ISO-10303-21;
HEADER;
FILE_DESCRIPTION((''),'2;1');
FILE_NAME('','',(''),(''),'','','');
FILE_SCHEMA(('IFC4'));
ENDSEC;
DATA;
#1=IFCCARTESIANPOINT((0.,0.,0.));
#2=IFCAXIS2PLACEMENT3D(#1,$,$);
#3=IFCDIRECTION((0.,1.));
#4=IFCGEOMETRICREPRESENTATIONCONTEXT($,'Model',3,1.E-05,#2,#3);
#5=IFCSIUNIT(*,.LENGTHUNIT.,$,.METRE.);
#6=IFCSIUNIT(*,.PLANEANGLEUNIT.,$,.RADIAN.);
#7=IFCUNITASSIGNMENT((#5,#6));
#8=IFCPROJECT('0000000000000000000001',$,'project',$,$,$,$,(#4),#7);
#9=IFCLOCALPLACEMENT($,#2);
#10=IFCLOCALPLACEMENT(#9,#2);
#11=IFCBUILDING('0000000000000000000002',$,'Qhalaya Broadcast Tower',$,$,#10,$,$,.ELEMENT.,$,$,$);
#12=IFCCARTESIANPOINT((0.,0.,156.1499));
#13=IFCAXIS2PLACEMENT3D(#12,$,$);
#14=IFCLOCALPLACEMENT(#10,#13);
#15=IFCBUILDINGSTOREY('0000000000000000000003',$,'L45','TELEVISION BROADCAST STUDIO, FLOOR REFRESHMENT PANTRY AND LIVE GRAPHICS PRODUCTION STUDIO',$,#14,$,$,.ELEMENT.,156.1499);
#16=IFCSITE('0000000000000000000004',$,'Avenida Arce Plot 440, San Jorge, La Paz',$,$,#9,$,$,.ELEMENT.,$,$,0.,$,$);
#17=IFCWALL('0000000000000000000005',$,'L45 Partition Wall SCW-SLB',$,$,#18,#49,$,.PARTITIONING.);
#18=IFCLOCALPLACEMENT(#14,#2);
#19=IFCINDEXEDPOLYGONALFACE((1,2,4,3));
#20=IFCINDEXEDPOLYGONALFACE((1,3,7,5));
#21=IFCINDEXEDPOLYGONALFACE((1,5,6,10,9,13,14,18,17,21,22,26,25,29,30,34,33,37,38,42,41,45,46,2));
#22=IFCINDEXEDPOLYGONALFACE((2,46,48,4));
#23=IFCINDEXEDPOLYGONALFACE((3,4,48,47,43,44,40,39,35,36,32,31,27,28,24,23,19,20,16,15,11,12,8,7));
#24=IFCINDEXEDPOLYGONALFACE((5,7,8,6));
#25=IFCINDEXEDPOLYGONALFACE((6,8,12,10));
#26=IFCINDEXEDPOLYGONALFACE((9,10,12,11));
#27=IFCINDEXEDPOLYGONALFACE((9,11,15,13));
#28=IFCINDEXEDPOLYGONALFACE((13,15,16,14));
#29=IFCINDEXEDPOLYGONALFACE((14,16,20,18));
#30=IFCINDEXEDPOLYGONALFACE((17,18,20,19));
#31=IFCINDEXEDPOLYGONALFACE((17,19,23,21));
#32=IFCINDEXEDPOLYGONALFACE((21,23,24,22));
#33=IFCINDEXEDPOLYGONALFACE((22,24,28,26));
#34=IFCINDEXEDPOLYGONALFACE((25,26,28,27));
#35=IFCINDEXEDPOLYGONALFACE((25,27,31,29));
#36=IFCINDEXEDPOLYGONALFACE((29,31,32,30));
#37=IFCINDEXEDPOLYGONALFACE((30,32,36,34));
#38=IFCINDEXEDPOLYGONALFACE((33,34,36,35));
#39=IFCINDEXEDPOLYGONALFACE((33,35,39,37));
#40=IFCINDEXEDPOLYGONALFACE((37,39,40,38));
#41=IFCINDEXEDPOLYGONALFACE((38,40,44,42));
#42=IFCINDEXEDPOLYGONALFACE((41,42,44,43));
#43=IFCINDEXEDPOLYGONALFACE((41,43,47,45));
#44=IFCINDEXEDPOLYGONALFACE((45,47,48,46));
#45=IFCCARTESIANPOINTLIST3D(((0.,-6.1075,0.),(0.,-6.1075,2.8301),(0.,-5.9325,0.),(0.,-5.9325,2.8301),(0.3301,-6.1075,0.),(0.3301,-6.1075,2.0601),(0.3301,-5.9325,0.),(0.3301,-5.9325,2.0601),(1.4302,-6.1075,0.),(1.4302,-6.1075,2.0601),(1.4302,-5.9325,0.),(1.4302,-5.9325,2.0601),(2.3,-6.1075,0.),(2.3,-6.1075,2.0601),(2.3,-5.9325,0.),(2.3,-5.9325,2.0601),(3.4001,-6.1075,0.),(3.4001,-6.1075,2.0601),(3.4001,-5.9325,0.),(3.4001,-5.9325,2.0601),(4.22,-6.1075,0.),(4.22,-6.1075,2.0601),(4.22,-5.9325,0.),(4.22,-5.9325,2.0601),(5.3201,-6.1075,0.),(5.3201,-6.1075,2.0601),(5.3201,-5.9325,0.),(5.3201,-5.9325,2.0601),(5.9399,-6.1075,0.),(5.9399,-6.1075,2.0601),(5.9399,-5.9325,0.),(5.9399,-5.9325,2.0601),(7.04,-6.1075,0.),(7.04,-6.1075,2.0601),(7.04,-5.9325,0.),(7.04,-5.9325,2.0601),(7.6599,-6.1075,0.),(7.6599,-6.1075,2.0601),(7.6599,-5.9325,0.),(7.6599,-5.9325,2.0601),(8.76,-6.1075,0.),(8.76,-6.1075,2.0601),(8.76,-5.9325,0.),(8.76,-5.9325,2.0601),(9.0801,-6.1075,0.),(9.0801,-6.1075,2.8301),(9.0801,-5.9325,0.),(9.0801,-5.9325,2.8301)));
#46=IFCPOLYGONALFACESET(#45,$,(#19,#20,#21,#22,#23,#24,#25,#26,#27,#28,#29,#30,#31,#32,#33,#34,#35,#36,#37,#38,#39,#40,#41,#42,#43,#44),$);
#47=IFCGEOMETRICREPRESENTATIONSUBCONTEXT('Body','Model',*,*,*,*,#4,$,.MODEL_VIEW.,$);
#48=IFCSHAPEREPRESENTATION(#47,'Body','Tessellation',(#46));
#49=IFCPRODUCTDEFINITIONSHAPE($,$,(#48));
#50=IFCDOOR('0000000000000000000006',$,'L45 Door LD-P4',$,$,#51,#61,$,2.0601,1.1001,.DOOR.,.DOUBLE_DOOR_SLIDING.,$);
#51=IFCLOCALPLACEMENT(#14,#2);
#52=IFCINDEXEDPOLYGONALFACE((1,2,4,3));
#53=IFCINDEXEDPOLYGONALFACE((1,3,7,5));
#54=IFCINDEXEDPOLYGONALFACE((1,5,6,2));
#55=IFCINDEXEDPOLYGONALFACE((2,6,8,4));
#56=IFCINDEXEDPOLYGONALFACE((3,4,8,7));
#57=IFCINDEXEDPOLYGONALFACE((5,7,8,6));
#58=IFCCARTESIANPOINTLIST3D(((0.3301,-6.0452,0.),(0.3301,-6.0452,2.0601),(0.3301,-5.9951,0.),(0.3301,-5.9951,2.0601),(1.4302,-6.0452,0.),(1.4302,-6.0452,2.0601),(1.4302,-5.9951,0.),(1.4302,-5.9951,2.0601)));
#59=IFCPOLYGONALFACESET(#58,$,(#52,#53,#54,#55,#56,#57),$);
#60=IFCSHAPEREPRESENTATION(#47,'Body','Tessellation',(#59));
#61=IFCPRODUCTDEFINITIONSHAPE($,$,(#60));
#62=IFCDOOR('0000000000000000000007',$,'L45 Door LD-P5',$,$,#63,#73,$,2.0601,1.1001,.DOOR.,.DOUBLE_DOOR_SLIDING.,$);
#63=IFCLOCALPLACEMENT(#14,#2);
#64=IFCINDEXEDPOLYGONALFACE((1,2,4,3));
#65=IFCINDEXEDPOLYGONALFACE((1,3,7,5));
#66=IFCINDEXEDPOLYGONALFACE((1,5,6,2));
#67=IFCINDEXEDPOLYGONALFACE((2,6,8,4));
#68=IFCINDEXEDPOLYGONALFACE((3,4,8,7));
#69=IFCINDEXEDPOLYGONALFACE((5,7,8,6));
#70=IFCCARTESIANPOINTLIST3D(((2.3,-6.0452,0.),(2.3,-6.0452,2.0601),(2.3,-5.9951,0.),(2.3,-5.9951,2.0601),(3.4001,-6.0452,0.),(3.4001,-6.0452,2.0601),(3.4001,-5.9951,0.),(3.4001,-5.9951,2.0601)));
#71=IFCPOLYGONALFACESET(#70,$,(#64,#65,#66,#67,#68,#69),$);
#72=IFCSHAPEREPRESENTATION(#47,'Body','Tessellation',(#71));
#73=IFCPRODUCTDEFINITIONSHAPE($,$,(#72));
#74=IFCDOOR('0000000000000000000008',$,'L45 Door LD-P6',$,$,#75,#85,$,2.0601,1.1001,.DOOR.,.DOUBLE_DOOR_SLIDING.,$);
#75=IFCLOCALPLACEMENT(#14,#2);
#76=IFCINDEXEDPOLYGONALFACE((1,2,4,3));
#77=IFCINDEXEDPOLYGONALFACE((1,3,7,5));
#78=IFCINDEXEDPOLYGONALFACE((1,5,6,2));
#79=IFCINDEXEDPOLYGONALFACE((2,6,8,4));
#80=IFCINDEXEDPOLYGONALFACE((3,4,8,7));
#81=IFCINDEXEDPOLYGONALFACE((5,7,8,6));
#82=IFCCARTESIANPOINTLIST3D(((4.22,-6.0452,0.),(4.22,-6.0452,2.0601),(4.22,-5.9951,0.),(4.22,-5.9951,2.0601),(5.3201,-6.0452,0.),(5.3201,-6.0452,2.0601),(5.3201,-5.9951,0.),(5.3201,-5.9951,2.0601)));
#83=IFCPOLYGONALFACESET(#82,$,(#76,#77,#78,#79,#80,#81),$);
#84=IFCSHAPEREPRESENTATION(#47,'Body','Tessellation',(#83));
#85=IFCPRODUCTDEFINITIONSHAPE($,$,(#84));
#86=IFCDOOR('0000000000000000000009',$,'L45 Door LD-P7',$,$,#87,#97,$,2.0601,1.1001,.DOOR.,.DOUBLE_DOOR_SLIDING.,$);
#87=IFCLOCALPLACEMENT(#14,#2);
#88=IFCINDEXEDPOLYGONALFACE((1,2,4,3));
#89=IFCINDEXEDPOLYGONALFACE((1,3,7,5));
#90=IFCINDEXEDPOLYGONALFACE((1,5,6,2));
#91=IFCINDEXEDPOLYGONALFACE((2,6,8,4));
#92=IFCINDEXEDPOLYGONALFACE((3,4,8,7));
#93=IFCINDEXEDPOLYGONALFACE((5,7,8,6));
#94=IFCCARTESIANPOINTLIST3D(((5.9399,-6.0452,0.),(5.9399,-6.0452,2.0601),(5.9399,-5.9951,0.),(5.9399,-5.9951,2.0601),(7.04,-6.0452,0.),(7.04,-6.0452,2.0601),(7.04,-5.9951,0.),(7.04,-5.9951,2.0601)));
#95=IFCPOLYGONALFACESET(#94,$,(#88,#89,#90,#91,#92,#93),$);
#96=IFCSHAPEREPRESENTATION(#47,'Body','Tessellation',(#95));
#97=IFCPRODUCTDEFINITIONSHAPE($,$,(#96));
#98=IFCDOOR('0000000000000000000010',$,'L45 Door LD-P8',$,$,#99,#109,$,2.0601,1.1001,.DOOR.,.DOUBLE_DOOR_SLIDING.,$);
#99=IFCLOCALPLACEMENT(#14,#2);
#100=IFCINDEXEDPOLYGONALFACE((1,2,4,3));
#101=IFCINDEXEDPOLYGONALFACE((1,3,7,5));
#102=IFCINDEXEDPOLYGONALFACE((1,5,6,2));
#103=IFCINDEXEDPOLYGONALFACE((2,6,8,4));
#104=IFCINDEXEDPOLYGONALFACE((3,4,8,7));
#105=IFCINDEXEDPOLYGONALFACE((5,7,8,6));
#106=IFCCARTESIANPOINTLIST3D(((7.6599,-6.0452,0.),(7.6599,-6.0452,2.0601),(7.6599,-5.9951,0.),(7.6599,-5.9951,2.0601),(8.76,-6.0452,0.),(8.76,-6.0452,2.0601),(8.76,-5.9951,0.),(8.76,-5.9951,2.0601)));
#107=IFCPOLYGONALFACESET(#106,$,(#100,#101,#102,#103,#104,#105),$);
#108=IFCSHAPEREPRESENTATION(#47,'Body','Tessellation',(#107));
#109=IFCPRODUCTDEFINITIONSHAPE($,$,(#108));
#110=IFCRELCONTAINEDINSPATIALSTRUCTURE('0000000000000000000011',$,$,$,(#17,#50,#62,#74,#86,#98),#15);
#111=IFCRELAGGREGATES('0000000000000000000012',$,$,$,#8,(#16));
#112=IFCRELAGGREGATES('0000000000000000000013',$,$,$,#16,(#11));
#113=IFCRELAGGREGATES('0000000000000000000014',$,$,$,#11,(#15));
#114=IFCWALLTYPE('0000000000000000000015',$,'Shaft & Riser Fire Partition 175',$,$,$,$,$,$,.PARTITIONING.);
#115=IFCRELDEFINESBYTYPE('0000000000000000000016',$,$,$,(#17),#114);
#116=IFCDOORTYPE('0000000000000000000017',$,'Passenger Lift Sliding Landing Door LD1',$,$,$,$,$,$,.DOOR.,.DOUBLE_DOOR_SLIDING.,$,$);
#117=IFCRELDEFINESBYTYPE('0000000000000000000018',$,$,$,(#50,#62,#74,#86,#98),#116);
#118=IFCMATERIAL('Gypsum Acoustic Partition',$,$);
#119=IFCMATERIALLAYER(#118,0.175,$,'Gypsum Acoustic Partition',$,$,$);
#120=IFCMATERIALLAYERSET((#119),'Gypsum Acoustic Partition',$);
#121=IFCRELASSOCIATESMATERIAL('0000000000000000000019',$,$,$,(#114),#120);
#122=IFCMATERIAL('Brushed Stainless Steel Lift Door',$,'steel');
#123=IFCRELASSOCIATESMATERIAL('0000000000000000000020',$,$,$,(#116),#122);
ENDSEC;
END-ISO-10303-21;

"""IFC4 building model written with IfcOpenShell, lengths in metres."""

from ifc_helpers import new_model, si_unit, direction, frame, frame_2d, origin, place, context, subcontext, project, spatial, rectangle, extrude, material, layer, layer_set, type_object, element, fill, save


model = new_model("IFC4")

# Units and contexts
model_context = context("Model", 3, precision=1e-05, world=origin(), true_north=direction((0.0, 1.0)))
body_context = subcontext(model_context, "Body", "Model", "MODEL_VIEW")
ifc_project = project(units=[si_unit("LENGTHUNIT", "METRE"), si_unit("PLANEANGLEUNIT", "RADIAN")], contexts=[model_context])

# Site, building, storey
site_placement = place(None, origin())
site = spatial("IfcSite", under=ifc_project, at=site_placement, Name="Avenida Arce Plot 440, San Jorge, La Paz", CompositionType="ELEMENT", RefElevation=0.0)
building_placement = place(site_placement, origin())
building = spatial("IfcBuilding", under=site, at=building_placement, Name="Qhalaya Broadcast Tower", CompositionType="ELEMENT")
storey_placement = place(building_placement, frame((0.0, 0.0, 156.1499)))
storey = spatial("IfcBuildingStorey", under=building, at=storey_placement, Name="L45", Description="TELEVISION BROADCAST STUDIO, FLOOR REFRESHMENT PANTRY AND LIVE GRAPHICS PRODUCTION STUDIO", CompositionType="ELEMENT", Elevation=156.1499)

# Shared definitions
ifc_material_1 = material(Name="Gypsum Acoustic Partition")
ifc_layer_1 = layer(ifc_material_1, 0.175, Name="Gypsum Acoustic Partition")
ifc_layer_set_1 = layer_set([ifc_layer_1], Name="Gypsum Acoustic Partition")
wall_type_1 = type_object("IfcWallType", Name="Shaft & Riser Fire Partition 175", PredefinedType="PARTITIONING", material=ifc_layer_set_1)

# Wall, openings, doors
wall_1_placement = place(storey_placement, frame((0.0, -6.02, 0.0), z_axis=(0.0, 0.0, 1.0), x_axis=(1.0, 0.0, 0.0)))
wall_1 = element("IfcWall", 1, at=wall_1_placement, inside=storey, type_object=wall_type_1, Name="L45 Partition Wall SCW-SLB", PredefinedType="PARTITIONING", context=body_context, shape_type="SweptSolid", body=[
    extrude(rectangle(XDim=9.0801, YDim=0.175, at=frame_2d((4.54, 0.0))), origin(), (0.0, 0.0, 1.0), 2.8301),
])
opening_1_placement = place(wall_1_placement, frame((0.3301, 0.0, 0.0)))
opening_1 = element("IfcOpeningElement", 2, at=opening_1_placement, cuts=wall_1, PredefinedType="OPENING", context=body_context, shape_type="SweptSolid", body=[
    extrude(rectangle(XDim=1.1001, YDim=2.0601, at=frame_2d((0.55, 1.03))), frame((0.0, 0.0996, 0.0), z_axis=(0.0, -1.0, 0.0), x_axis=(1.0, 0.0, 0.0)), (0.0, 0.0, 1.0), 0.199),
])
opening_2_placement = place(wall_1_placement, frame((2.3, 0.0, 0.0)))
opening_2 = element("IfcOpeningElement", 3, at=opening_2_placement, cuts=wall_1, PredefinedType="OPENING", context=body_context, shape_type="SweptSolid", body=[
    extrude(rectangle(XDim=1.1001, YDim=2.0601, at=frame_2d((0.55, 1.03))), frame((0.0, 0.0996, 0.0), z_axis=(0.0, -1.0, 0.0), x_axis=(1.0, 0.0, 0.0)), (0.0, 0.0, 1.0), 0.199),
])
opening_3_placement = place(wall_1_placement, frame((4.22, 0.0, 0.0)))
opening_3 = element("IfcOpeningElement", 4, at=opening_3_placement, cuts=wall_1, PredefinedType="OPENING", context=body_context, shape_type="SweptSolid", body=[
    extrude(rectangle(XDim=1.1001, YDim=2.0601, at=frame_2d((0.55, 1.03))), frame((0.0, 0.0996, 0.0), z_axis=(0.0, -1.0, 0.0), x_axis=(1.0, 0.0, 0.0)), (0.0, 0.0, 1.0), 0.199),
])
opening_4_placement = place(wall_1_placement, frame((5.9399, 0.0, 0.0)))
opening_4 = element("IfcOpeningElement", 5, at=opening_4_placement, cuts=wall_1, PredefinedType="OPENING", context=body_context, shape_type="SweptSolid", body=[
    extrude(rectangle(XDim=1.1001, YDim=2.0601, at=frame_2d((0.55, 1.03))), frame((0.0, 0.0996, 0.0), z_axis=(0.0, -1.0, 0.0), x_axis=(1.0, 0.0, 0.0)), (0.0, 0.0, 1.0), 0.199),
])
opening_5_placement = place(wall_1_placement, frame((7.6599, 0.0, 0.0)))
opening_5 = element("IfcOpeningElement", 6, at=opening_5_placement, cuts=wall_1, PredefinedType="OPENING", context=body_context, shape_type="SweptSolid", body=[
    extrude(rectangle(XDim=1.1001, YDim=2.0601, at=frame_2d((0.55, 1.03))), frame((0.0, 0.0996, 0.0), z_axis=(0.0, -1.0, 0.0), x_axis=(1.0, 0.0, 0.0)), (0.0, 0.0, 1.0), 0.199),
])
ifc_material_2 = material(Name="Brushed Stainless Steel Lift Door", Category="steel")
door_type = type_object("IfcDoorType", Name="Passenger Lift Sliding Landing Door LD1", OperationType="DOUBLE_DOOR_SLIDING", PredefinedType="DOOR", material=ifc_material_2)
door_1_placement = place(opening_1_placement, origin())
door_1 = element("IfcDoor", 7, at=door_1_placement, inside=storey, type_object=door_type, Name="L45 Door LD-P4", OperationType="DOUBLE_DOOR_SLIDING", OverallHeight=2.0601, OverallWidth=1.1001, PredefinedType="DOOR", context=body_context, shape_type="SweptSolid", body=[
    extrude(rectangle(XDim=1.1001, YDim=2.0601, at=frame_2d((0.55, 1.03))), frame((0.0, 0.0249, 0.0), z_axis=(0.0, -1.0, 0.0), x_axis=(1.0, 0.0, 0.0)), (0.0, 0.0, 1.0), 0.05),
])
fill(opening_1, door_1)
door_2_placement = place(opening_2_placement, origin())
door_2 = element("IfcDoor", 8, at=door_2_placement, inside=storey, type_object=door_type, Name="L45 Door LD-P5", OperationType="DOUBLE_DOOR_SLIDING", OverallHeight=2.0601, OverallWidth=1.1001, PredefinedType="DOOR", context=body_context, shape_type="SweptSolid", body=[
    extrude(rectangle(XDim=1.1001, YDim=2.0601, at=frame_2d((0.55, 1.03))), frame((0.0, 0.0249, 0.0), z_axis=(0.0, -1.0, 0.0), x_axis=(1.0, 0.0, 0.0)), (0.0, 0.0, 1.0), 0.05),
])
fill(opening_2, door_2)
door_3_placement = place(opening_3_placement, origin())
door_3 = element("IfcDoor", 9, at=door_3_placement, inside=storey, type_object=door_type, Name="L45 Door LD-P6", OperationType="DOUBLE_DOOR_SLIDING", OverallHeight=2.0601, OverallWidth=1.1001, PredefinedType="DOOR", context=body_context, shape_type="SweptSolid", body=[
    extrude(rectangle(XDim=1.1001, YDim=2.0601, at=frame_2d((0.55, 1.03))), frame((0.0, 0.0249, 0.0), z_axis=(0.0, -1.0, 0.0), x_axis=(1.0, 0.0, 0.0)), (0.0, 0.0, 1.0), 0.05),
])
fill(opening_3, door_3)
door_4_placement = place(opening_4_placement, origin())
door_4 = element("IfcDoor", 10, at=door_4_placement, inside=storey, type_object=door_type, Name="L45 Door LD-P7", OperationType="DOUBLE_DOOR_SLIDING", OverallHeight=2.0601, OverallWidth=1.1001, PredefinedType="DOOR", context=body_context, shape_type="SweptSolid", body=[
    extrude(rectangle(XDim=1.1001, YDim=2.0601, at=frame_2d((0.55, 1.03))), frame((0.0, 0.0249, 0.0), z_axis=(0.0, -1.0, 0.0), x_axis=(1.0, 0.0, 0.0)), (0.0, 0.0, 1.0), 0.05),
])
fill(opening_4, door_4)
door_5_placement = place(opening_5_placement, origin())
door_5 = element("IfcDoor", 11, at=door_5_placement, inside=storey, type_object=door_type, Name="L45 Door LD-P8", OperationType="DOUBLE_DOOR_SLIDING", OverallHeight=2.0601, OverallWidth=1.1001, PredefinedType="DOOR", context=body_context, shape_type="SweptSolid", body=[
    extrude(rectangle(XDim=1.1001, YDim=2.0601, at=frame_2d((0.55, 1.03))), frame((0.0, 0.0249, 0.0), z_axis=(0.0, -1.0, 0.0), x_axis=(1.0, 0.0, 0.0)), (0.0, 0.0, 1.0), 0.05),
])
fill(opening_5, door_5)

save(model, "model.ifc")
